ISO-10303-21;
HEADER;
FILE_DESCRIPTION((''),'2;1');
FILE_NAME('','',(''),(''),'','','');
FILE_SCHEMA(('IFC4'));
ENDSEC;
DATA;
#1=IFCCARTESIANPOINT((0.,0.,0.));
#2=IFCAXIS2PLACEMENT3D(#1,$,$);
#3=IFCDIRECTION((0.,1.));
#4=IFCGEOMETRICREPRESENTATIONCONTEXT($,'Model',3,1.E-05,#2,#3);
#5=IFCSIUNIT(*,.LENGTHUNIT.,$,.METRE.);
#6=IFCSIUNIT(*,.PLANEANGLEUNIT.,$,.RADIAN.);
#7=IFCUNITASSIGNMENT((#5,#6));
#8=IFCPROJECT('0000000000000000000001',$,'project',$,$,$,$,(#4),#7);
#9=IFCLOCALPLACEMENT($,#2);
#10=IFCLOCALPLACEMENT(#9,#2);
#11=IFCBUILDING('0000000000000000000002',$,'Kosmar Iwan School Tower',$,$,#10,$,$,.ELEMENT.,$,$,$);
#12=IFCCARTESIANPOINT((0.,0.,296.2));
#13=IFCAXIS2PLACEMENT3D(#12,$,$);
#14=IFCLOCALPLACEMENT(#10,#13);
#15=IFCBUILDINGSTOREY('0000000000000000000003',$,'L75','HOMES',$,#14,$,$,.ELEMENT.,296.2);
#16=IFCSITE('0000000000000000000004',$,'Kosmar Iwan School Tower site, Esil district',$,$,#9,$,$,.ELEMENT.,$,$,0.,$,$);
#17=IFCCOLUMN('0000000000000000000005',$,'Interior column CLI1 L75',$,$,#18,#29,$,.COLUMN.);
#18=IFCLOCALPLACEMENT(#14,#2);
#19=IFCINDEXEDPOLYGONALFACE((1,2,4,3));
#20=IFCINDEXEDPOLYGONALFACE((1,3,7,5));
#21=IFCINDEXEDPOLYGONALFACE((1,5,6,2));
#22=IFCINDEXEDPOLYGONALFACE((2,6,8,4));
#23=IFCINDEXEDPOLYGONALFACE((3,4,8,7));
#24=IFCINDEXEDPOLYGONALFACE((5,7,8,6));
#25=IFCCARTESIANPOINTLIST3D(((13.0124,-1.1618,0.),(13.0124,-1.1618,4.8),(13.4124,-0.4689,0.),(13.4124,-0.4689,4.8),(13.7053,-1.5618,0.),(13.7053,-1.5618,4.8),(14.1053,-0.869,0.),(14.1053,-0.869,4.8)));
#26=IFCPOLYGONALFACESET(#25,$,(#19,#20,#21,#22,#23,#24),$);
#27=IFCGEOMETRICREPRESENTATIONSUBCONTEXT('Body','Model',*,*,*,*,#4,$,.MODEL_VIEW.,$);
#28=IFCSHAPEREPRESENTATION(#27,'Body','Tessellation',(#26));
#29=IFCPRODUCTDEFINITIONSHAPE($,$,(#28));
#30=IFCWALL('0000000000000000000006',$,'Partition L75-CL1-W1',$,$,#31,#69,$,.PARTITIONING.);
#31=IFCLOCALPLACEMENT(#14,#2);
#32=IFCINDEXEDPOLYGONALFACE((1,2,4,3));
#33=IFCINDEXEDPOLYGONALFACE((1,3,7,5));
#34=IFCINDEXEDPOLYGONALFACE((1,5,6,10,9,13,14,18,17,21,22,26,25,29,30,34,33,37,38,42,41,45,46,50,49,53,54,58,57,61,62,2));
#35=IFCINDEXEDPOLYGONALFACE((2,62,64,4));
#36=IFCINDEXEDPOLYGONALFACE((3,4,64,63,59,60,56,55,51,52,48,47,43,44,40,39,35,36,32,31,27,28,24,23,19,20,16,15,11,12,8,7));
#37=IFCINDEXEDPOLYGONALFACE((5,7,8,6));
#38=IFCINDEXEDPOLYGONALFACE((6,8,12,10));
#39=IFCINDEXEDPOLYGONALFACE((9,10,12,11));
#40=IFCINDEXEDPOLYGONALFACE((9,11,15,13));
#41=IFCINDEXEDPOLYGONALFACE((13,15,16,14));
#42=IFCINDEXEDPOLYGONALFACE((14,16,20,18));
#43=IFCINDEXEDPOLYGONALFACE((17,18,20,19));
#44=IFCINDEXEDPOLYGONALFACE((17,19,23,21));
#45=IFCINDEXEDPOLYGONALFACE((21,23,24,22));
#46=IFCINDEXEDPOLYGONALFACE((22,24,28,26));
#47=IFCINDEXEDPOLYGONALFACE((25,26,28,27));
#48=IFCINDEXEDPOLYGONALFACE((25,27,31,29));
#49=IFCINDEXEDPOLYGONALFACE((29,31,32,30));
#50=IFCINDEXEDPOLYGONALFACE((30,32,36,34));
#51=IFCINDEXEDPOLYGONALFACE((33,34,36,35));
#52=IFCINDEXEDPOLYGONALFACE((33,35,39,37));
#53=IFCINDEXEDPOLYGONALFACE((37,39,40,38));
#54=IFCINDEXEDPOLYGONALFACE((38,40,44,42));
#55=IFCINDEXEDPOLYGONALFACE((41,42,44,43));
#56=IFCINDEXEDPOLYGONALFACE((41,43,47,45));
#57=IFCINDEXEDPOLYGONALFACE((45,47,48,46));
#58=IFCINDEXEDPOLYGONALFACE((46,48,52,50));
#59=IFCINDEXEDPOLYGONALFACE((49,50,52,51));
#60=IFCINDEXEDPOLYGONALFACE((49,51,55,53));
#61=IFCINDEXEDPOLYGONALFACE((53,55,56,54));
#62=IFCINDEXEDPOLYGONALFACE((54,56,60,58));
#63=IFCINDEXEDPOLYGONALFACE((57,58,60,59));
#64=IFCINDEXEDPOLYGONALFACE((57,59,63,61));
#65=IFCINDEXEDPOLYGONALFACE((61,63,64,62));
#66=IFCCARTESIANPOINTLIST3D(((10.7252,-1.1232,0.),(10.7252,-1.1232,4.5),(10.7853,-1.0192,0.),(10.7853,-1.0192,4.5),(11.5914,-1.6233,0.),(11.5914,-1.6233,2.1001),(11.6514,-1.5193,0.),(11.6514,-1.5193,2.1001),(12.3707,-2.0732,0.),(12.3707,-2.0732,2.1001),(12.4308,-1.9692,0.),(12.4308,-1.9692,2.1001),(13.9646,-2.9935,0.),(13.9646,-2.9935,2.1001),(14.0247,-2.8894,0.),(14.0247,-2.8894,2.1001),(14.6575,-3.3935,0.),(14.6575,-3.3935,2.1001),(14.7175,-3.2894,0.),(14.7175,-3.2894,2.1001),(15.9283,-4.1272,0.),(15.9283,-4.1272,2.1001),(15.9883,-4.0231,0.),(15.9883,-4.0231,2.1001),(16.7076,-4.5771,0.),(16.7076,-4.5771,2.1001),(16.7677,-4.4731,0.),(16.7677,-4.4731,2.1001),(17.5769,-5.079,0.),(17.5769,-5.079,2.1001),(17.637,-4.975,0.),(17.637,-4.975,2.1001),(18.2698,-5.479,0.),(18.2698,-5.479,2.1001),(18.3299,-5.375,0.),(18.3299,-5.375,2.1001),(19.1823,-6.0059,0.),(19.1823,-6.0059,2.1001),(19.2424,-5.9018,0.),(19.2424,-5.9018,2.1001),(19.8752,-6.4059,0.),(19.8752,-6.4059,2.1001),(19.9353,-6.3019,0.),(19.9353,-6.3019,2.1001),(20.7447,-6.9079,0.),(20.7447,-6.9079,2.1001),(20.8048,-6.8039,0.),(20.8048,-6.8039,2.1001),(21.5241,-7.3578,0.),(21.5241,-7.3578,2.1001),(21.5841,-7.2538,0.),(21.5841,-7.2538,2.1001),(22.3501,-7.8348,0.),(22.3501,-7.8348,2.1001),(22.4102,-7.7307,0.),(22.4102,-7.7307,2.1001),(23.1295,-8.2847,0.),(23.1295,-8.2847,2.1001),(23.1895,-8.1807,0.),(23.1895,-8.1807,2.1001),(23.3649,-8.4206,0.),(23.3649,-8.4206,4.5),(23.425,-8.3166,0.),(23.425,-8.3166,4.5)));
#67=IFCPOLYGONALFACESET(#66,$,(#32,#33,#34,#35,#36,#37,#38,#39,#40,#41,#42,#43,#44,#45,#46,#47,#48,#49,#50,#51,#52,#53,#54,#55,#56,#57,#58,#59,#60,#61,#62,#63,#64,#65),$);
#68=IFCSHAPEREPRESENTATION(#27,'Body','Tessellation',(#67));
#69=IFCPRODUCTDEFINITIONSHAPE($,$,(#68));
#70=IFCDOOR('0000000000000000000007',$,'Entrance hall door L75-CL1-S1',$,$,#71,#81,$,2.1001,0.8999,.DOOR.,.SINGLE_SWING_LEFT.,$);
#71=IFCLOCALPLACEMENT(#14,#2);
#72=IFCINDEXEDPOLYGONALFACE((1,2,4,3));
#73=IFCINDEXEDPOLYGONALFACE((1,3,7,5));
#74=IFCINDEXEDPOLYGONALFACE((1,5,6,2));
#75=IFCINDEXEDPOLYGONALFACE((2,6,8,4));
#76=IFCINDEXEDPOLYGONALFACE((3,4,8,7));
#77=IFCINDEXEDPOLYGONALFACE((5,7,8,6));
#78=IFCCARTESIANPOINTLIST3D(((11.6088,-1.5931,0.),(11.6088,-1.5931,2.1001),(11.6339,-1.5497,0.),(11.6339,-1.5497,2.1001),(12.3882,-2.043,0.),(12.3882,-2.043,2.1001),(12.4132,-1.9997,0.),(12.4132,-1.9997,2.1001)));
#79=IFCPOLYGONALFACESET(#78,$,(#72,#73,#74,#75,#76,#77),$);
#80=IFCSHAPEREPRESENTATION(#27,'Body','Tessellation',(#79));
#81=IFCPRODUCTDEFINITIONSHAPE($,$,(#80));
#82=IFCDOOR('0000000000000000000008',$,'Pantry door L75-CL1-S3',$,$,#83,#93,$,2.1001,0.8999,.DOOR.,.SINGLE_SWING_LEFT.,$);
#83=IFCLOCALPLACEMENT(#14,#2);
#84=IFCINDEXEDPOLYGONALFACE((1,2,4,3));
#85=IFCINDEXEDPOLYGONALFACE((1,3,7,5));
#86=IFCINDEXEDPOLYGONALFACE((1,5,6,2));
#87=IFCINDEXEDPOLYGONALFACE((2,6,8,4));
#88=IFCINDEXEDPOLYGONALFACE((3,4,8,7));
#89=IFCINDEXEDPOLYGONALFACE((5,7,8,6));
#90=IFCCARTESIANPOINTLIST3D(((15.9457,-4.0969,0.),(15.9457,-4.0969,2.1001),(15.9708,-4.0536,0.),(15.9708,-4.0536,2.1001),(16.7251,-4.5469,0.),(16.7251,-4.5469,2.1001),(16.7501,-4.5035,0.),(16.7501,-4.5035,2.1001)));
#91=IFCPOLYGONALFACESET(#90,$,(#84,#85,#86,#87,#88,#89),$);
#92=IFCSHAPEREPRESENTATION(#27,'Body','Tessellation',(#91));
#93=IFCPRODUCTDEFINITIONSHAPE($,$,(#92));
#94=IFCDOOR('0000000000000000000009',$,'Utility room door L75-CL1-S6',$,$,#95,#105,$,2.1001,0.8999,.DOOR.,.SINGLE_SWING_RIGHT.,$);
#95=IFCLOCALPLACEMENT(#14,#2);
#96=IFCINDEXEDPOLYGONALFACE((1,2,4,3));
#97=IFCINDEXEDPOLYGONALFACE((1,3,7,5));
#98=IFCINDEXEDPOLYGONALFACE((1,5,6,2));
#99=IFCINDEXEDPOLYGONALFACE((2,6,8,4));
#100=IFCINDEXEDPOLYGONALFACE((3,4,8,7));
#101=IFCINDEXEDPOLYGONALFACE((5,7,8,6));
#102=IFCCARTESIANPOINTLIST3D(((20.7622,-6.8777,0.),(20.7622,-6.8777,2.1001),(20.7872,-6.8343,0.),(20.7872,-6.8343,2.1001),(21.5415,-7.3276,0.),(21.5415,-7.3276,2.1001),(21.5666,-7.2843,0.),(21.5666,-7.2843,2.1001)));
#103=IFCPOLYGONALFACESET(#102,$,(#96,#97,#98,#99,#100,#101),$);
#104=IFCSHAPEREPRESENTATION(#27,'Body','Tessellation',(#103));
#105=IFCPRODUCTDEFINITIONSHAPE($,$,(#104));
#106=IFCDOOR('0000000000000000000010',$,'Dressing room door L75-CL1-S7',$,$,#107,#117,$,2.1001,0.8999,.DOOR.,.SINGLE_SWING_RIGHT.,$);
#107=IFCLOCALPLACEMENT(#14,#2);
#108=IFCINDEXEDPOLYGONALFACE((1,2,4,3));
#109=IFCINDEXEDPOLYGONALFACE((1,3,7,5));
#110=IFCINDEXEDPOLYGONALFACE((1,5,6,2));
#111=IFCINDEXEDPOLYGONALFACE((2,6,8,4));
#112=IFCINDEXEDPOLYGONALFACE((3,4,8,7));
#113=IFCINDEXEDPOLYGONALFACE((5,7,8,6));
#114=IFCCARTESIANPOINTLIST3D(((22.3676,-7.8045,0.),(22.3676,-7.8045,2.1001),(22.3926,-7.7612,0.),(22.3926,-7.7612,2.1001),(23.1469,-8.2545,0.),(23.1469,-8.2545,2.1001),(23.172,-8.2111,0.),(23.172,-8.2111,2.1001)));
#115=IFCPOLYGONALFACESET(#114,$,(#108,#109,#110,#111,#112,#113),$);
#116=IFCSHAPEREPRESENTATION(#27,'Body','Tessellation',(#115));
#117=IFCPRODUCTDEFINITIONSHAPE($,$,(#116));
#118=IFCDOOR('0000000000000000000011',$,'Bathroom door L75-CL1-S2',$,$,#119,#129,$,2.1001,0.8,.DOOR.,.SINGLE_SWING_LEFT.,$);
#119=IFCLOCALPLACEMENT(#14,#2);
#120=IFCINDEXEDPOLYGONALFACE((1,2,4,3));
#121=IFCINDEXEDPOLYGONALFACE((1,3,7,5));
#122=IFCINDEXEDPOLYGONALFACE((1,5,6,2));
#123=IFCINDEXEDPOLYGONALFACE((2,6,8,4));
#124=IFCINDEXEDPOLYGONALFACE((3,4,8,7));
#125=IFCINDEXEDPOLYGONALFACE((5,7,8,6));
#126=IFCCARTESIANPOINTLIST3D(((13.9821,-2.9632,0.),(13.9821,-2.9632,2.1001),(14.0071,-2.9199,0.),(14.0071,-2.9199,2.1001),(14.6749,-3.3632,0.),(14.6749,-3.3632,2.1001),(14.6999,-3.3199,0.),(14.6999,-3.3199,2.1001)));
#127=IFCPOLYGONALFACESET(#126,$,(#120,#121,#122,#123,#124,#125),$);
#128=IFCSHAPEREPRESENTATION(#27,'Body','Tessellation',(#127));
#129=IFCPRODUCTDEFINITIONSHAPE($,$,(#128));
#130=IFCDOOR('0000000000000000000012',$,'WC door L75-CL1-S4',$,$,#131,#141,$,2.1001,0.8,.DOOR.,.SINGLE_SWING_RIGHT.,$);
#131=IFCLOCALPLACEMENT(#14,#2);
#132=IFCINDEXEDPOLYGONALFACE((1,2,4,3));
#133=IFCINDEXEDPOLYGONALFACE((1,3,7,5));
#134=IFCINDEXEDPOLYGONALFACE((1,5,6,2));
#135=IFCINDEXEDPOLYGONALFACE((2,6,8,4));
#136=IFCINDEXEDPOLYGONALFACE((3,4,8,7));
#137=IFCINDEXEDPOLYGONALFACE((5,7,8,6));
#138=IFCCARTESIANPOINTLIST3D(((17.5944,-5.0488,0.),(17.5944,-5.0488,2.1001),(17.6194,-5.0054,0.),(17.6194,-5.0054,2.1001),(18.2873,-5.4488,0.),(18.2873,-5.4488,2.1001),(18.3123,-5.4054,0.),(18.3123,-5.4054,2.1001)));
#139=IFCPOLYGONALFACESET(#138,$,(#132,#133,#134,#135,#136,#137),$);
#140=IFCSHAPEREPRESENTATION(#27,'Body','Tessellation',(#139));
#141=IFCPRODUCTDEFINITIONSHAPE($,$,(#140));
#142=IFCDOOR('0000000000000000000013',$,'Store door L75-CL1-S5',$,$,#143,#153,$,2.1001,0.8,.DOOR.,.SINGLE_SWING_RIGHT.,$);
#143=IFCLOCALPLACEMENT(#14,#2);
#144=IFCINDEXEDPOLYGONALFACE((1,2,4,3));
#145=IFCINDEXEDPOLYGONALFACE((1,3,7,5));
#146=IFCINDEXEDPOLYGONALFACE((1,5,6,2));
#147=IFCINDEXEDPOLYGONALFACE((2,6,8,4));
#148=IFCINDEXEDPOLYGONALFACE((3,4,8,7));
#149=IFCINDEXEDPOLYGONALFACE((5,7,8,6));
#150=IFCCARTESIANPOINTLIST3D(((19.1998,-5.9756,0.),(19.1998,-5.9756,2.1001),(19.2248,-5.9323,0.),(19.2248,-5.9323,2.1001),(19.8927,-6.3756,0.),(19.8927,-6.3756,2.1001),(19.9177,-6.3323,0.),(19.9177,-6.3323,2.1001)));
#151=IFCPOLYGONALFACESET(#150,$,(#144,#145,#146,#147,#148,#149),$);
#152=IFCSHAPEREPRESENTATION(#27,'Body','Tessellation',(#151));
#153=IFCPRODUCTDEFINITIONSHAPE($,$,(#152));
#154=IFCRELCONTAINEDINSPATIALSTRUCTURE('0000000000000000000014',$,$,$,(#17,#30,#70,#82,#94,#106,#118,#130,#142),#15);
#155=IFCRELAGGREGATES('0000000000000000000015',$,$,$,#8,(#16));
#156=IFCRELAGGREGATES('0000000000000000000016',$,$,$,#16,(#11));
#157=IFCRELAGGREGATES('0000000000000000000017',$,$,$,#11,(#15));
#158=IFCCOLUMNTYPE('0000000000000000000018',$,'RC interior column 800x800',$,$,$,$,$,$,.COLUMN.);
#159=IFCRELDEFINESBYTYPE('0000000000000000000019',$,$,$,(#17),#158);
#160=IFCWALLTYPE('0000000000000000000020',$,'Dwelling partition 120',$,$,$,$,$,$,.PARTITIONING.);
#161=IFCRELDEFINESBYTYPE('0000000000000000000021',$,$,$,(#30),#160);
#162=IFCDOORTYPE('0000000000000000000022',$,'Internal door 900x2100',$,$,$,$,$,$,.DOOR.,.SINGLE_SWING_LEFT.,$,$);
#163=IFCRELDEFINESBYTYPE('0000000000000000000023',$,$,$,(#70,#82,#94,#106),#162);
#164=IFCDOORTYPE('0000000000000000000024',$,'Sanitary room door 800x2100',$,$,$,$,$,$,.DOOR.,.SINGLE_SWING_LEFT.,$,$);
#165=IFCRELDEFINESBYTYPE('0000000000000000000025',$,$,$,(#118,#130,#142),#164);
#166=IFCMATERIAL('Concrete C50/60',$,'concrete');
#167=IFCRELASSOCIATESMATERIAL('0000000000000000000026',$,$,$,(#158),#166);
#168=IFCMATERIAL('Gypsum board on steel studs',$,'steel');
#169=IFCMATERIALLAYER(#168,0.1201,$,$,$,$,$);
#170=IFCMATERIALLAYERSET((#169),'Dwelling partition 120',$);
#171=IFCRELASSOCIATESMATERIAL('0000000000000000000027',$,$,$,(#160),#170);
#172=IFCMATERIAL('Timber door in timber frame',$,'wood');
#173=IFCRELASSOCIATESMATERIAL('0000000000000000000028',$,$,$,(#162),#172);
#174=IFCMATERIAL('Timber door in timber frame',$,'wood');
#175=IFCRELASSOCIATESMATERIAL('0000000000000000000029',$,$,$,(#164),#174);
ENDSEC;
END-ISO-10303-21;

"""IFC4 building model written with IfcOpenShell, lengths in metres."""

from ifc_helpers import new_model, si_unit, direction, frame, frame_2d, origin, origin_2d, place, context, subcontext, project, spatial, rectangle, extrude, material, layer, layer_set, material_profile, profile_set, type_object, element, fill, save


model = new_model("IFC4")

# Units and contexts
model_context = context("Model", 3, precision=1e-05, world=origin(), true_north=direction((0.0, 1.0)))
body_context = subcontext(model_context, "Body", "Model", "MODEL_VIEW")
ifc_project = project(units=[si_unit("LENGTHUNIT", "METRE"), si_unit("PLANEANGLEUNIT", "RADIAN")], contexts=[model_context])

# Site, building, storey
site_placement = place(None, origin())
site = spatial("IfcSite", under=ifc_project, at=site_placement, Name="Kosmar Iwan School Tower site, Esil district", CompositionType="ELEMENT", RefElevation=0.0)
building_placement = place(site_placement, origin())
building = spatial("IfcBuilding", under=site, at=building_placement, Name="Kosmar Iwan School Tower", CompositionType="ELEMENT")
storey_placement = place(building_placement, frame((0.0, 0.0, 296.2)))
storey = spatial("IfcBuildingStorey", under=building, at=storey_placement, Name="L75", Description="HOMES", CompositionType="ELEMENT", Elevation=296.2)

# Column
ifc_material_1 = material(Name="Concrete C50/60", Category="concrete")
ifc_material_profile = material_profile(ifc_material_1, rectangle(XDim=0.8, YDim=0.8, at=origin_2d()), Name="RC 800x800")
ifc_profile_set = profile_set([ifc_material_profile], Name="Concrete C50/60")
column_type = type_object("IfcColumnType", Name="RC interior column 800x800", PredefinedType="COLUMN", material=ifc_profile_set)
column_placement = place(storey_placement, frame((13.5588, -1.0154, 0.0), z_axis=(0.0, 0.0, 1.0), x_axis=(0.866025, -0.5, 0.0)))
element("IfcColumn", 1, at=column_placement, inside=storey, type_object=column_type, Name="Interior column CLI1 L75", PredefinedType="COLUMN", context=body_context, shape_type="SweptSolid", body=[
    extrude(rectangle(XDim=0.8, YDim=0.8, at=origin_2d()), origin(), (0.0, 0.0, 1.0), 4.8),
])

# Wall, openings, doors
ifc_material_2 = material(Name="Gypsum board on steel studs", Category="steel")
ifc_layer_1 = layer(ifc_material_2, 0.1201)
ifc_layer_set_1 = layer_set([ifc_layer_1], Name="Dwelling partition 120")
wall_type_1 = type_object("IfcWallType", Name="Dwelling partition 120", PredefinedType="PARTITIONING", material=ifc_layer_set_1)
wall_1_placement = place(storey_placement, frame((10.7554, -1.0713, 0.0), z_axis=(0.0, 0.0, 1.0), x_axis=(0.86603, -0.499993, 0.0)))
wall_1 = element("IfcWall", 2, at=wall_1_placement, inside=storey, type_object=wall_type_1, Name="Partition L75-CL1-W1", PredefinedType="PARTITIONING", context=body_context, shape_type="SweptSolid", body=[
    extrude(rectangle(XDim=14.595, YDim=0.1201, at=frame_2d((7.2974, 0.0))), origin(), (0.0, 0.0, 1.0), 4.5),
])
opening_1_placement = place(wall_1_placement, frame((1.0, 0.0, 0.0)))
opening_1 = element("IfcOpeningElement", 3, at=opening_1_placement, cuts=wall_1, PredefinedType="OPENING", context=body_context, shape_type="SweptSolid", body=[
    extrude(rectangle(XDim=0.8999, YDim=2.1001, at=frame_2d((0.45, 1.05))), frame((0.0, 0.072, 0.0), z_axis=(0.0, -1.0, 0.0), x_axis=(1.0, 0.0, 0.0)), (0.0, 0.0, 1.0), 0.144),
])
opening_2_placement = place(wall_1_placement, frame((3.7405, 0.0, 0.0)))
opening_2 = element("IfcOpeningElement", 4, at=opening_2_placement, cuts=wall_1, PredefinedType="OPENING", context=body_context, shape_type="SweptSolid", body=[
    extrude(rectangle(XDim=0.8, YDim=2.1001, at=frame_2d((0.3999, 1.05))), frame((0.0, 0.072, 0.0), z_axis=(0.0, -1.0, 0.0), x_axis=(1.0, 0.0, 0.0)), (0.0, 0.0, 1.0), 0.144),
])
opening_3_placement = place(wall_1_placement, frame((6.0078, 0.0, 0.0)))
opening_3 = element("IfcOpeningElement", 5, at=opening_3_placement, cuts=wall_1, PredefinedType="OPENING", context=body_context, shape_type="SweptSolid", body=[
    extrude(rectangle(XDim=0.8999, YDim=2.1001, at=frame_2d((0.45, 1.05))), frame((0.0, 0.072, 0.0), z_axis=(0.0, -1.0, 0.0), x_axis=(1.0, 0.0, 0.0)), (0.0, 0.0, 1.0), 0.144),
])
opening_4_placement = place(wall_1_placement, frame((7.9116, 0.0, 0.0)))
opening_4 = element("IfcOpeningElement", 6, at=opening_4_placement, cuts=wall_1, PredefinedType="OPENING", context=body_context, shape_type="SweptSolid", body=[
    extrude(rectangle(XDim=0.8, YDim=2.1001, at=frame_2d((0.3999, 1.05))), frame((0.0, 0.072, 0.0), z_axis=(0.0, -1.0, 0.0), x_axis=(1.0, 0.0, 0.0)), (0.0, 0.0, 1.0), 0.144),
])
opening_5_placement = place(wall_1_placement, frame((9.7654, 0.0, 0.0)))
opening_5 = element("IfcOpeningElement", 7, at=opening_5_placement, cuts=wall_1, PredefinedType="OPENING", context=body_context, shape_type="SweptSolid", body=[
    extrude(rectangle(XDim=0.8, YDim=2.1001, at=frame_2d((0.3999, 1.05))), frame((0.0, 0.072, 0.0), z_axis=(0.0, -1.0, 0.0), x_axis=(1.0, 0.0, 0.0)), (0.0, 0.0, 1.0), 0.144),
])
opening_6_placement = place(wall_1_placement, frame((11.5693, 0.0, 0.0)))
opening_6 = element("IfcOpeningElement", 8, at=opening_6_placement, cuts=wall_1, PredefinedType="OPENING", context=body_context, shape_type="SweptSolid", body=[
    extrude(rectangle(XDim=0.8999, YDim=2.1001, at=frame_2d((0.45, 1.05))), frame((0.0, 0.072, 0.0), z_axis=(0.0, -1.0, 0.0), x_axis=(1.0, 0.0, 0.0)), (0.0, 0.0, 1.0), 0.144),
])
opening_7_placement = place(wall_1_placement, frame((13.4231, 0.0, 0.0)))
opening_7 = element("IfcOpeningElement", 9, at=opening_7_placement, cuts=wall_1, PredefinedType="OPENING", context=body_context, shape_type="SweptSolid", body=[
    extrude(rectangle(XDim=0.8999, YDim=2.1001, at=frame_2d((0.45, 1.05))), frame((0.0, 0.072, 0.0), z_axis=(0.0, -1.0, 0.0), x_axis=(1.0, 0.0, 0.0)), (0.0, 0.0, 1.0), 0.144),
])
ifc_material_3 = material(Name="Timber door in timber frame", Category="wood")
door_type_1 = type_object("IfcDoorType", Name="Internal door 900x2100", OperationType="SINGLE_SWING_LEFT", PredefinedType="DOOR", material=ifc_material_3)
door_1_placement = place(opening_1_placement, origin())
door_1 = element("IfcDoor", 10, at=door_1_placement, inside=storey, type_object=door_type_1, Name="Entrance hall door L75-CL1-S1", OperationType="SINGLE_SWING_LEFT", OverallHeight=2.1001, OverallWidth=0.8999, PredefinedType="DOOR", context=body_context, shape_type="SweptSolid", body=[
    extrude(rectangle(XDim=0.8999, YDim=2.1001, at=frame_2d((0.45, 1.05))), frame((0.0, 0.0249, 0.0), z_axis=(0.0, -1.0, 0.0), x_axis=(1.0, 0.0, 0.0)), (0.0, 0.0, 1.0), 0.05),
])
fill(opening_1, door_1)
door_2_placement = place(opening_3_placement, origin())
door_2 = element("IfcDoor", 11, at=door_2_placement, inside=storey, type_object=door_type_1, Name="Pantry door L75-CL1-S3", OperationType="SINGLE_SWING_LEFT", OverallHeight=2.1001, OverallWidth=0.8999, PredefinedType="DOOR", context=body_context, shape_type="SweptSolid", body=[
    extrude(rectangle(XDim=0.8999, YDim=2.1001, at=frame_2d((0.45, 1.05))), frame((0.0, 0.0249, 0.0), z_axis=(0.0, -1.0, 0.0), x_axis=(1.0, 0.0, 0.0)), (0.0, 0.0, 1.0), 0.05),
])
fill(opening_3, door_2)
door_3_placement = place(opening_6_placement, origin())
door_3 = element("IfcDoor", 12, at=door_3_placement, inside=storey, type_object=door_type_1, Name="Utility room door L75-CL1-S6", OperationType="SINGLE_SWING_RIGHT", OverallHeight=2.1001, OverallWidth=0.8999, PredefinedType="DOOR", context=body_context, shape_type="SweptSolid", body=[
    extrude(rectangle(XDim=0.8999, YDim=2.1001, at=frame_2d((0.45, 1.05))), frame((0.0, 0.0249, 0.0), z_axis=(0.0, -1.0, 0.0), x_axis=(1.0, 0.0, 0.0)), (0.0, 0.0, 1.0), 0.05),
])
fill(opening_6, door_3)
door_4_placement = place(opening_7_placement, origin())
door_4 = element("IfcDoor", 13, at=door_4_placement, inside=storey, type_object=door_type_1, Name="Dressing room door L75-CL1-S7", OperationType="SINGLE_SWING_RIGHT", OverallHeight=2.1001, OverallWidth=0.8999, PredefinedType="DOOR", context=body_context, shape_type="SweptSolid", body=[
    extrude(rectangle(XDim=0.8999, YDim=2.1001, at=frame_2d((0.45, 1.05))), frame((0.0, 0.0249, 0.0), z_axis=(0.0, -1.0, 0.0), x_axis=(1.0, 0.0, 0.0)), (0.0, 0.0, 1.0), 0.05),
])
fill(opening_7, door_4)
ifc_material_4 = material(Name="Timber door in timber frame", Category="wood")
door_type_2 = type_object("IfcDoorType", Name="Sanitary room door 800x2100", OperationType="SINGLE_SWING_LEFT", PredefinedType="DOOR", material=ifc_material_4)
door_5_placement = place(opening_2_placement, origin())
door_5 = element("IfcDoor", 14, at=door_5_placement, inside=storey, type_object=door_type_2, Name="Bathroom door L75-CL1-S2", OperationType="SINGLE_SWING_LEFT", OverallHeight=2.1001, OverallWidth=0.8, PredefinedType="DOOR", context=body_context, shape_type="SweptSolid", body=[
    extrude(rectangle(XDim=0.8, YDim=2.1001, at=frame_2d((0.3999, 1.05))), frame((0.0, 0.0249, 0.0), z_axis=(0.0, -1.0, 0.0), x_axis=(1.0, 0.0, 0.0)), (0.0, 0.0, 1.0), 0.05),
])
fill(opening_2, door_5)
door_6_placement = place(opening_4_placement, origin())
door_6 = element("IfcDoor", 15, at=door_6_placement, inside=storey, type_object=door_type_2, Name="WC door L75-CL1-S4", OperationType="SINGLE_SWING_RIGHT", OverallHeight=2.1001, OverallWidth=0.8, PredefinedType="DOOR", context=body_context, shape_type="SweptSolid", body=[
    extrude(rectangle(XDim=0.8, YDim=2.1001, at=frame_2d((0.3999, 1.05))), frame((0.0, 0.0249, 0.0), z_axis=(0.0, -1.0, 0.0), x_axis=(1.0, 0.0, 0.0)), (0.0, 0.0, 1.0), 0.05),
])
fill(opening_4, door_6)
door_7_placement = place(opening_5_placement, origin())
door_7 = element("IfcDoor", 16, at=door_7_placement, inside=storey, type_object=door_type_2, Name="Store door L75-CL1-S5", OperationType="SINGLE_SWING_RIGHT", OverallHeight=2.1001, OverallWidth=0.8, PredefinedType="DOOR", context=body_context, shape_type="SweptSolid", body=[
    extrude(rectangle(XDim=0.8, YDim=2.1001, at=frame_2d((0.3999, 1.05))), frame((0.0, 0.0249, 0.0), z_axis=(0.0, -1.0, 0.0), x_axis=(1.0, 0.0, 0.0)), (0.0, 0.0, 1.0), 0.05),
])
fill(opening_5, door_7)

save(model, "model.ifc")
